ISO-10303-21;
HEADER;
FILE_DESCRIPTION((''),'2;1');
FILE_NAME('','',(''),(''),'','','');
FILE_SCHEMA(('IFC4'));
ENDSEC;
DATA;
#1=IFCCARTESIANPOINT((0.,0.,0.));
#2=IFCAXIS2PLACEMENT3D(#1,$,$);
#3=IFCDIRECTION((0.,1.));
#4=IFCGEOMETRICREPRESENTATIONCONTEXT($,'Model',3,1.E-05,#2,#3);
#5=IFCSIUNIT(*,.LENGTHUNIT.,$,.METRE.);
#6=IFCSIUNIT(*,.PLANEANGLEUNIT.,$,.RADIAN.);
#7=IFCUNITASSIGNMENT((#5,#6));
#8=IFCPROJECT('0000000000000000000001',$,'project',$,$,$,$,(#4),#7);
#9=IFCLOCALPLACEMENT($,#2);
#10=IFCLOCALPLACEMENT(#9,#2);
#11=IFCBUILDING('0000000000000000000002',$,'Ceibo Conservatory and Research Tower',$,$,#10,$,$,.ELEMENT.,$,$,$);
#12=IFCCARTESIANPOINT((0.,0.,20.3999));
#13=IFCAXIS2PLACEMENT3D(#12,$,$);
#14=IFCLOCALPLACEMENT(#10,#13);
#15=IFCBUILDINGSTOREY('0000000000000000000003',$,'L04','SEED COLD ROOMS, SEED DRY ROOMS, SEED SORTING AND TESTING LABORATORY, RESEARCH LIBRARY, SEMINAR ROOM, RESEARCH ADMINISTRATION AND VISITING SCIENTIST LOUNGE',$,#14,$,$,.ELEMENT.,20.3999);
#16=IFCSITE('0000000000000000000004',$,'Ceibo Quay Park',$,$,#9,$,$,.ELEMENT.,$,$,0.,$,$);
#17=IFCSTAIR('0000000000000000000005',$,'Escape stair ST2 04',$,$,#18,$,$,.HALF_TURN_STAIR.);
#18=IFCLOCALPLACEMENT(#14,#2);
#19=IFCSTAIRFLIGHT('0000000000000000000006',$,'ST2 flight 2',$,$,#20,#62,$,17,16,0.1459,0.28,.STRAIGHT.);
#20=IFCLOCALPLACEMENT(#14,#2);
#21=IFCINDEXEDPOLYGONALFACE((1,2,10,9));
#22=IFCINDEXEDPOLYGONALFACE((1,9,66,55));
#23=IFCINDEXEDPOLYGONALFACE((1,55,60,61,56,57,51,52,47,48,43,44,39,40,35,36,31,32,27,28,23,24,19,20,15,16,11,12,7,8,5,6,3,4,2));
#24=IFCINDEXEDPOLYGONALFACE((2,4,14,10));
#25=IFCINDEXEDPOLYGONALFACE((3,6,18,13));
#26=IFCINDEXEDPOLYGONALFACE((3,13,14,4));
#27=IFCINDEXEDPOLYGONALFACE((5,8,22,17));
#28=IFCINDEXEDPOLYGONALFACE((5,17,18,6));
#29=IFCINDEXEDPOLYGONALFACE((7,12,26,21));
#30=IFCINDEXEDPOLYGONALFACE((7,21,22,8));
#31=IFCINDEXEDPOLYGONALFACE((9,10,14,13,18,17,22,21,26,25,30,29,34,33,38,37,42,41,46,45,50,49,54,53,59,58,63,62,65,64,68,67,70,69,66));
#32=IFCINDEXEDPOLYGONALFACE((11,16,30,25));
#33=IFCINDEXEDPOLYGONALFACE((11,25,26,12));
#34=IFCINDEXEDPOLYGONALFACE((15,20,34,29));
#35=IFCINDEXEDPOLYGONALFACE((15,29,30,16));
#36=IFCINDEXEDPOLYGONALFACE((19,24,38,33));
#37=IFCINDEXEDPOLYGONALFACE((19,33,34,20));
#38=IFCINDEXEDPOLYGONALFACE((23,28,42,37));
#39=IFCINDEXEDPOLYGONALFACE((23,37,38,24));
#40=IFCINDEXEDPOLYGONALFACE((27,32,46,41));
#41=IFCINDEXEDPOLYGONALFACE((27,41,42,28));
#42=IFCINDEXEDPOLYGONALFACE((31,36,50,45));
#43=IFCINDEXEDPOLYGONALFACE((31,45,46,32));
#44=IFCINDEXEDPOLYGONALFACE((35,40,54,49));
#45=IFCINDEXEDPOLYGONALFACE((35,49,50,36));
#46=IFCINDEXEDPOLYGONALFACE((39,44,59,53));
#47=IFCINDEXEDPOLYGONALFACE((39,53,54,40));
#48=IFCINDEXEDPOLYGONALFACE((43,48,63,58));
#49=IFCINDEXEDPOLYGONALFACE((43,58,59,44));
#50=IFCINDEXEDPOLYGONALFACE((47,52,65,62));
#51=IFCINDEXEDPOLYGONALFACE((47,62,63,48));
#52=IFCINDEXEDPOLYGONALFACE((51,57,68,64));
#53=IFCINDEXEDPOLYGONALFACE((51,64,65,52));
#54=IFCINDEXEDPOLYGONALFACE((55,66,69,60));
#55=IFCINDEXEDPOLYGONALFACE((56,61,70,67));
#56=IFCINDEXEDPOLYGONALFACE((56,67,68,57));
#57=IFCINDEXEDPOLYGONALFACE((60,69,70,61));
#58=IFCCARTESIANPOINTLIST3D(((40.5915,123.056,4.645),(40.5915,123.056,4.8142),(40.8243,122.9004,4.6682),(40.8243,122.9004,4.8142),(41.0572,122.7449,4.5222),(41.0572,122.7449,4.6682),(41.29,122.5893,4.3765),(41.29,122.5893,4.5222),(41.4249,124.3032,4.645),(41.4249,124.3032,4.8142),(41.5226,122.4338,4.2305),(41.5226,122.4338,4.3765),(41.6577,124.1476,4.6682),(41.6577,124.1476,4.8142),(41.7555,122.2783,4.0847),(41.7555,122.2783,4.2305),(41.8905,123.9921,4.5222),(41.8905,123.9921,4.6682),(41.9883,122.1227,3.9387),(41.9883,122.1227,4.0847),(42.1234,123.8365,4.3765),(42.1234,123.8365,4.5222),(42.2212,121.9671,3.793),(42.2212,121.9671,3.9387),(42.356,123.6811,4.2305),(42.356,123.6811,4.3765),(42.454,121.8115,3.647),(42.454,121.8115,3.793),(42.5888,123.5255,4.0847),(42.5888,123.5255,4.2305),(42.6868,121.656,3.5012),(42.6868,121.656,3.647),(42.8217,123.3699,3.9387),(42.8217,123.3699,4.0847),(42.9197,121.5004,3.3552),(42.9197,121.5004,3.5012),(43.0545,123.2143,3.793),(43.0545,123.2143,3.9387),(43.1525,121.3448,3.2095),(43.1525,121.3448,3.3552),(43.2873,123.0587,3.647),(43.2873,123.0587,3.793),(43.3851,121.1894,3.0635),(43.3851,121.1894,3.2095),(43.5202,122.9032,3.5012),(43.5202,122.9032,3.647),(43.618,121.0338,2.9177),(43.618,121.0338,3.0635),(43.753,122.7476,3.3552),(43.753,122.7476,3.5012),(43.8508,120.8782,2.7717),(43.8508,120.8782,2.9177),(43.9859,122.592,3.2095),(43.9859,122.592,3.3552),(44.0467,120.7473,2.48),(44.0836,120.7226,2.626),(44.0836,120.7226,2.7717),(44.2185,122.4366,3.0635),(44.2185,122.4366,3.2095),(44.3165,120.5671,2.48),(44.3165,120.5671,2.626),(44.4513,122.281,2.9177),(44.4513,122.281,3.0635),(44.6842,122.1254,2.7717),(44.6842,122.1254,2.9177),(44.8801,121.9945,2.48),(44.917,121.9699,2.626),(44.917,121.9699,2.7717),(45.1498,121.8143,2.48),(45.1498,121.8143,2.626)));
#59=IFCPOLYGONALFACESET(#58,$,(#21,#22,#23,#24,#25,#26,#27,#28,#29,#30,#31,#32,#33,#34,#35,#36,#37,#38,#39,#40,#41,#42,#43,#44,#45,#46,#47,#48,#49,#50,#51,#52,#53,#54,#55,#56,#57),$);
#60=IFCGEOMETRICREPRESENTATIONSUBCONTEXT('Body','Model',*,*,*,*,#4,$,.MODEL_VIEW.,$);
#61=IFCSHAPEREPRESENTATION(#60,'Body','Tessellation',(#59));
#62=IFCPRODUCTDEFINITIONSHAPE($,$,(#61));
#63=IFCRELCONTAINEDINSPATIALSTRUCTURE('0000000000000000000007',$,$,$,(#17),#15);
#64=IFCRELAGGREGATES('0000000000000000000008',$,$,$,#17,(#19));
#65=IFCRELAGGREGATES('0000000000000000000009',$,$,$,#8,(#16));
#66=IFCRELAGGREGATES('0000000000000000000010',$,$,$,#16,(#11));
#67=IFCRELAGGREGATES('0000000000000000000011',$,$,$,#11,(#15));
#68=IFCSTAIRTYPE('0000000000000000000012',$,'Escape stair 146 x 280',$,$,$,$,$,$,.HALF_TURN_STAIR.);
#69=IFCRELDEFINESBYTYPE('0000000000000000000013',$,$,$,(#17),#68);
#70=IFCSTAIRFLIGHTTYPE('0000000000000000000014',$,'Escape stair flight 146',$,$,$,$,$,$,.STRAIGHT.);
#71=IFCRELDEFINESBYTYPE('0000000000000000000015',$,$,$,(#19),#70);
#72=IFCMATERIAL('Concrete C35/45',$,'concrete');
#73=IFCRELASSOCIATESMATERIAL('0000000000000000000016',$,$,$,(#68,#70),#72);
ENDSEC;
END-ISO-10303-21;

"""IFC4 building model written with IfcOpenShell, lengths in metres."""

from ifc_helpers import new_model, si_unit, direction, frame, origin, place, context, subcontext, project, spatial, polyline, outline, extrude, material, type_object, element, aggregate, save


model = new_model("IFC4")

# Units and contexts
model_context = context("Model", 3, precision=1e-05, world=origin(), true_north=direction((0.0, 1.0)))
body_context = subcontext(model_context, "Body", "Model", "MODEL_VIEW")
ifc_project = project(units=[si_unit("LENGTHUNIT", "METRE"), si_unit("PLANEANGLEUNIT", "RADIAN")], contexts=[model_context])

# Site, building, storey
site_placement = place(None, origin())
site = spatial("IfcSite", under=ifc_project, at=site_placement, Name="Ceibo Quay Park", CompositionType="ELEMENT", RefElevation=0.0)
building_placement = place(site_placement, origin())
building = spatial("IfcBuilding", under=site, at=building_placement, Name="Ceibo Conservatory and Research Tower", CompositionType="ELEMENT")
storey_placement = place(building_placement, frame((0.0, 0.0, 20.3999)))
storey = spatial("IfcBuildingStorey", under=building, at=storey_placement, Name="L04", Description="SEED COLD ROOMS, SEED DRY ROOMS, SEED SORTING AND TESTING LABORATORY, RESEARCH LIBRARY, SEMINAR ROOM, RESEARCH ADMINISTRATION AND VISITING SCIENTIST LOUNGE", CompositionType="ELEMENT", Elevation=20.3999)

# Shared definitions
ifc_material_1 = material(Name="Concrete C35/45", Category="concrete")

# Stair
stair_type = type_object("IfcStairType", Name="Escape stair 146 x 280", PredefinedType="HALF_TURN_STAIR", material=ifc_material_1)
stair_placement = place(storey_placement, origin())
stair = element("IfcStair", 1, at=stair_placement, inside=storey, type_object=stair_type, Name="Escape stair ST2 04", PredefinedType="HALF_TURN_STAIR")

# Stair flight
stair_flight_type = type_object("IfcStairFlightType", Name="Escape stair flight 146", PredefinedType="STRAIGHT", material=ifc_material_1)
stair_flight_1_placement = place(storey_placement, frame((44.7332, 121.1907, 2.48), z_axis=(0.0, 0.0, 1.0), x_axis=(-0.83147, 0.55557, 0.0)))
stair_flight_1 = element("IfcStairFlight", 2, at=stair_flight_1_placement, type_object=stair_flight_type, Name="ST2 flight 2", NumberOfRisers=17, NumberOfTreads=16, PredefinedType="STRAIGHT", RiserHeight=0.1459, TreadLength=0.28, context=body_context, shape_type="SweptSolid", body=[
    extrude(outline(polyline([(0.0, 0.0), (0.0, 0.146), (0.28, 0.146), (0.28, 0.2917), (0.5601, 0.2917), (0.5601, 0.4377), (0.8401, 0.4377), (0.8401, 0.5835), (1.1201, 0.5835), (1.1201, 0.7295), (1.3999, 0.7295), (1.3999, 0.8752), (1.6799, 0.8752), (1.6799, 1.0212), (1.96, 1.0212), (1.96, 1.167), (2.24, 1.167), (2.24, 1.313), (2.52, 1.313), (2.52, 1.4587), (2.8, 1.4587), (2.8, 1.6047), (3.0801, 1.6047), (3.0801, 1.7505), (3.3601, 1.7505), (3.3601, 1.8965), (3.6399, 1.8965), (3.6399, 2.0422), (3.9199, 2.0422), (3.9199, 2.1882), (4.2, 2.1882), (4.2, 2.3342), (4.48, 2.3342), (4.48, 2.48), (4.48, 2.165), (0.3245, 0.0), (0.0, 0.0)])), frame((0.0, 0.75, 0.0), z_axis=(0.0, -1.0, 0.0), x_axis=(1.0, 0.0, 0.0)), (0.0, 0.0, 1.0), 1.5),
])
aggregate(stair, [stair_flight_1])

save(model, "model.ifc")
